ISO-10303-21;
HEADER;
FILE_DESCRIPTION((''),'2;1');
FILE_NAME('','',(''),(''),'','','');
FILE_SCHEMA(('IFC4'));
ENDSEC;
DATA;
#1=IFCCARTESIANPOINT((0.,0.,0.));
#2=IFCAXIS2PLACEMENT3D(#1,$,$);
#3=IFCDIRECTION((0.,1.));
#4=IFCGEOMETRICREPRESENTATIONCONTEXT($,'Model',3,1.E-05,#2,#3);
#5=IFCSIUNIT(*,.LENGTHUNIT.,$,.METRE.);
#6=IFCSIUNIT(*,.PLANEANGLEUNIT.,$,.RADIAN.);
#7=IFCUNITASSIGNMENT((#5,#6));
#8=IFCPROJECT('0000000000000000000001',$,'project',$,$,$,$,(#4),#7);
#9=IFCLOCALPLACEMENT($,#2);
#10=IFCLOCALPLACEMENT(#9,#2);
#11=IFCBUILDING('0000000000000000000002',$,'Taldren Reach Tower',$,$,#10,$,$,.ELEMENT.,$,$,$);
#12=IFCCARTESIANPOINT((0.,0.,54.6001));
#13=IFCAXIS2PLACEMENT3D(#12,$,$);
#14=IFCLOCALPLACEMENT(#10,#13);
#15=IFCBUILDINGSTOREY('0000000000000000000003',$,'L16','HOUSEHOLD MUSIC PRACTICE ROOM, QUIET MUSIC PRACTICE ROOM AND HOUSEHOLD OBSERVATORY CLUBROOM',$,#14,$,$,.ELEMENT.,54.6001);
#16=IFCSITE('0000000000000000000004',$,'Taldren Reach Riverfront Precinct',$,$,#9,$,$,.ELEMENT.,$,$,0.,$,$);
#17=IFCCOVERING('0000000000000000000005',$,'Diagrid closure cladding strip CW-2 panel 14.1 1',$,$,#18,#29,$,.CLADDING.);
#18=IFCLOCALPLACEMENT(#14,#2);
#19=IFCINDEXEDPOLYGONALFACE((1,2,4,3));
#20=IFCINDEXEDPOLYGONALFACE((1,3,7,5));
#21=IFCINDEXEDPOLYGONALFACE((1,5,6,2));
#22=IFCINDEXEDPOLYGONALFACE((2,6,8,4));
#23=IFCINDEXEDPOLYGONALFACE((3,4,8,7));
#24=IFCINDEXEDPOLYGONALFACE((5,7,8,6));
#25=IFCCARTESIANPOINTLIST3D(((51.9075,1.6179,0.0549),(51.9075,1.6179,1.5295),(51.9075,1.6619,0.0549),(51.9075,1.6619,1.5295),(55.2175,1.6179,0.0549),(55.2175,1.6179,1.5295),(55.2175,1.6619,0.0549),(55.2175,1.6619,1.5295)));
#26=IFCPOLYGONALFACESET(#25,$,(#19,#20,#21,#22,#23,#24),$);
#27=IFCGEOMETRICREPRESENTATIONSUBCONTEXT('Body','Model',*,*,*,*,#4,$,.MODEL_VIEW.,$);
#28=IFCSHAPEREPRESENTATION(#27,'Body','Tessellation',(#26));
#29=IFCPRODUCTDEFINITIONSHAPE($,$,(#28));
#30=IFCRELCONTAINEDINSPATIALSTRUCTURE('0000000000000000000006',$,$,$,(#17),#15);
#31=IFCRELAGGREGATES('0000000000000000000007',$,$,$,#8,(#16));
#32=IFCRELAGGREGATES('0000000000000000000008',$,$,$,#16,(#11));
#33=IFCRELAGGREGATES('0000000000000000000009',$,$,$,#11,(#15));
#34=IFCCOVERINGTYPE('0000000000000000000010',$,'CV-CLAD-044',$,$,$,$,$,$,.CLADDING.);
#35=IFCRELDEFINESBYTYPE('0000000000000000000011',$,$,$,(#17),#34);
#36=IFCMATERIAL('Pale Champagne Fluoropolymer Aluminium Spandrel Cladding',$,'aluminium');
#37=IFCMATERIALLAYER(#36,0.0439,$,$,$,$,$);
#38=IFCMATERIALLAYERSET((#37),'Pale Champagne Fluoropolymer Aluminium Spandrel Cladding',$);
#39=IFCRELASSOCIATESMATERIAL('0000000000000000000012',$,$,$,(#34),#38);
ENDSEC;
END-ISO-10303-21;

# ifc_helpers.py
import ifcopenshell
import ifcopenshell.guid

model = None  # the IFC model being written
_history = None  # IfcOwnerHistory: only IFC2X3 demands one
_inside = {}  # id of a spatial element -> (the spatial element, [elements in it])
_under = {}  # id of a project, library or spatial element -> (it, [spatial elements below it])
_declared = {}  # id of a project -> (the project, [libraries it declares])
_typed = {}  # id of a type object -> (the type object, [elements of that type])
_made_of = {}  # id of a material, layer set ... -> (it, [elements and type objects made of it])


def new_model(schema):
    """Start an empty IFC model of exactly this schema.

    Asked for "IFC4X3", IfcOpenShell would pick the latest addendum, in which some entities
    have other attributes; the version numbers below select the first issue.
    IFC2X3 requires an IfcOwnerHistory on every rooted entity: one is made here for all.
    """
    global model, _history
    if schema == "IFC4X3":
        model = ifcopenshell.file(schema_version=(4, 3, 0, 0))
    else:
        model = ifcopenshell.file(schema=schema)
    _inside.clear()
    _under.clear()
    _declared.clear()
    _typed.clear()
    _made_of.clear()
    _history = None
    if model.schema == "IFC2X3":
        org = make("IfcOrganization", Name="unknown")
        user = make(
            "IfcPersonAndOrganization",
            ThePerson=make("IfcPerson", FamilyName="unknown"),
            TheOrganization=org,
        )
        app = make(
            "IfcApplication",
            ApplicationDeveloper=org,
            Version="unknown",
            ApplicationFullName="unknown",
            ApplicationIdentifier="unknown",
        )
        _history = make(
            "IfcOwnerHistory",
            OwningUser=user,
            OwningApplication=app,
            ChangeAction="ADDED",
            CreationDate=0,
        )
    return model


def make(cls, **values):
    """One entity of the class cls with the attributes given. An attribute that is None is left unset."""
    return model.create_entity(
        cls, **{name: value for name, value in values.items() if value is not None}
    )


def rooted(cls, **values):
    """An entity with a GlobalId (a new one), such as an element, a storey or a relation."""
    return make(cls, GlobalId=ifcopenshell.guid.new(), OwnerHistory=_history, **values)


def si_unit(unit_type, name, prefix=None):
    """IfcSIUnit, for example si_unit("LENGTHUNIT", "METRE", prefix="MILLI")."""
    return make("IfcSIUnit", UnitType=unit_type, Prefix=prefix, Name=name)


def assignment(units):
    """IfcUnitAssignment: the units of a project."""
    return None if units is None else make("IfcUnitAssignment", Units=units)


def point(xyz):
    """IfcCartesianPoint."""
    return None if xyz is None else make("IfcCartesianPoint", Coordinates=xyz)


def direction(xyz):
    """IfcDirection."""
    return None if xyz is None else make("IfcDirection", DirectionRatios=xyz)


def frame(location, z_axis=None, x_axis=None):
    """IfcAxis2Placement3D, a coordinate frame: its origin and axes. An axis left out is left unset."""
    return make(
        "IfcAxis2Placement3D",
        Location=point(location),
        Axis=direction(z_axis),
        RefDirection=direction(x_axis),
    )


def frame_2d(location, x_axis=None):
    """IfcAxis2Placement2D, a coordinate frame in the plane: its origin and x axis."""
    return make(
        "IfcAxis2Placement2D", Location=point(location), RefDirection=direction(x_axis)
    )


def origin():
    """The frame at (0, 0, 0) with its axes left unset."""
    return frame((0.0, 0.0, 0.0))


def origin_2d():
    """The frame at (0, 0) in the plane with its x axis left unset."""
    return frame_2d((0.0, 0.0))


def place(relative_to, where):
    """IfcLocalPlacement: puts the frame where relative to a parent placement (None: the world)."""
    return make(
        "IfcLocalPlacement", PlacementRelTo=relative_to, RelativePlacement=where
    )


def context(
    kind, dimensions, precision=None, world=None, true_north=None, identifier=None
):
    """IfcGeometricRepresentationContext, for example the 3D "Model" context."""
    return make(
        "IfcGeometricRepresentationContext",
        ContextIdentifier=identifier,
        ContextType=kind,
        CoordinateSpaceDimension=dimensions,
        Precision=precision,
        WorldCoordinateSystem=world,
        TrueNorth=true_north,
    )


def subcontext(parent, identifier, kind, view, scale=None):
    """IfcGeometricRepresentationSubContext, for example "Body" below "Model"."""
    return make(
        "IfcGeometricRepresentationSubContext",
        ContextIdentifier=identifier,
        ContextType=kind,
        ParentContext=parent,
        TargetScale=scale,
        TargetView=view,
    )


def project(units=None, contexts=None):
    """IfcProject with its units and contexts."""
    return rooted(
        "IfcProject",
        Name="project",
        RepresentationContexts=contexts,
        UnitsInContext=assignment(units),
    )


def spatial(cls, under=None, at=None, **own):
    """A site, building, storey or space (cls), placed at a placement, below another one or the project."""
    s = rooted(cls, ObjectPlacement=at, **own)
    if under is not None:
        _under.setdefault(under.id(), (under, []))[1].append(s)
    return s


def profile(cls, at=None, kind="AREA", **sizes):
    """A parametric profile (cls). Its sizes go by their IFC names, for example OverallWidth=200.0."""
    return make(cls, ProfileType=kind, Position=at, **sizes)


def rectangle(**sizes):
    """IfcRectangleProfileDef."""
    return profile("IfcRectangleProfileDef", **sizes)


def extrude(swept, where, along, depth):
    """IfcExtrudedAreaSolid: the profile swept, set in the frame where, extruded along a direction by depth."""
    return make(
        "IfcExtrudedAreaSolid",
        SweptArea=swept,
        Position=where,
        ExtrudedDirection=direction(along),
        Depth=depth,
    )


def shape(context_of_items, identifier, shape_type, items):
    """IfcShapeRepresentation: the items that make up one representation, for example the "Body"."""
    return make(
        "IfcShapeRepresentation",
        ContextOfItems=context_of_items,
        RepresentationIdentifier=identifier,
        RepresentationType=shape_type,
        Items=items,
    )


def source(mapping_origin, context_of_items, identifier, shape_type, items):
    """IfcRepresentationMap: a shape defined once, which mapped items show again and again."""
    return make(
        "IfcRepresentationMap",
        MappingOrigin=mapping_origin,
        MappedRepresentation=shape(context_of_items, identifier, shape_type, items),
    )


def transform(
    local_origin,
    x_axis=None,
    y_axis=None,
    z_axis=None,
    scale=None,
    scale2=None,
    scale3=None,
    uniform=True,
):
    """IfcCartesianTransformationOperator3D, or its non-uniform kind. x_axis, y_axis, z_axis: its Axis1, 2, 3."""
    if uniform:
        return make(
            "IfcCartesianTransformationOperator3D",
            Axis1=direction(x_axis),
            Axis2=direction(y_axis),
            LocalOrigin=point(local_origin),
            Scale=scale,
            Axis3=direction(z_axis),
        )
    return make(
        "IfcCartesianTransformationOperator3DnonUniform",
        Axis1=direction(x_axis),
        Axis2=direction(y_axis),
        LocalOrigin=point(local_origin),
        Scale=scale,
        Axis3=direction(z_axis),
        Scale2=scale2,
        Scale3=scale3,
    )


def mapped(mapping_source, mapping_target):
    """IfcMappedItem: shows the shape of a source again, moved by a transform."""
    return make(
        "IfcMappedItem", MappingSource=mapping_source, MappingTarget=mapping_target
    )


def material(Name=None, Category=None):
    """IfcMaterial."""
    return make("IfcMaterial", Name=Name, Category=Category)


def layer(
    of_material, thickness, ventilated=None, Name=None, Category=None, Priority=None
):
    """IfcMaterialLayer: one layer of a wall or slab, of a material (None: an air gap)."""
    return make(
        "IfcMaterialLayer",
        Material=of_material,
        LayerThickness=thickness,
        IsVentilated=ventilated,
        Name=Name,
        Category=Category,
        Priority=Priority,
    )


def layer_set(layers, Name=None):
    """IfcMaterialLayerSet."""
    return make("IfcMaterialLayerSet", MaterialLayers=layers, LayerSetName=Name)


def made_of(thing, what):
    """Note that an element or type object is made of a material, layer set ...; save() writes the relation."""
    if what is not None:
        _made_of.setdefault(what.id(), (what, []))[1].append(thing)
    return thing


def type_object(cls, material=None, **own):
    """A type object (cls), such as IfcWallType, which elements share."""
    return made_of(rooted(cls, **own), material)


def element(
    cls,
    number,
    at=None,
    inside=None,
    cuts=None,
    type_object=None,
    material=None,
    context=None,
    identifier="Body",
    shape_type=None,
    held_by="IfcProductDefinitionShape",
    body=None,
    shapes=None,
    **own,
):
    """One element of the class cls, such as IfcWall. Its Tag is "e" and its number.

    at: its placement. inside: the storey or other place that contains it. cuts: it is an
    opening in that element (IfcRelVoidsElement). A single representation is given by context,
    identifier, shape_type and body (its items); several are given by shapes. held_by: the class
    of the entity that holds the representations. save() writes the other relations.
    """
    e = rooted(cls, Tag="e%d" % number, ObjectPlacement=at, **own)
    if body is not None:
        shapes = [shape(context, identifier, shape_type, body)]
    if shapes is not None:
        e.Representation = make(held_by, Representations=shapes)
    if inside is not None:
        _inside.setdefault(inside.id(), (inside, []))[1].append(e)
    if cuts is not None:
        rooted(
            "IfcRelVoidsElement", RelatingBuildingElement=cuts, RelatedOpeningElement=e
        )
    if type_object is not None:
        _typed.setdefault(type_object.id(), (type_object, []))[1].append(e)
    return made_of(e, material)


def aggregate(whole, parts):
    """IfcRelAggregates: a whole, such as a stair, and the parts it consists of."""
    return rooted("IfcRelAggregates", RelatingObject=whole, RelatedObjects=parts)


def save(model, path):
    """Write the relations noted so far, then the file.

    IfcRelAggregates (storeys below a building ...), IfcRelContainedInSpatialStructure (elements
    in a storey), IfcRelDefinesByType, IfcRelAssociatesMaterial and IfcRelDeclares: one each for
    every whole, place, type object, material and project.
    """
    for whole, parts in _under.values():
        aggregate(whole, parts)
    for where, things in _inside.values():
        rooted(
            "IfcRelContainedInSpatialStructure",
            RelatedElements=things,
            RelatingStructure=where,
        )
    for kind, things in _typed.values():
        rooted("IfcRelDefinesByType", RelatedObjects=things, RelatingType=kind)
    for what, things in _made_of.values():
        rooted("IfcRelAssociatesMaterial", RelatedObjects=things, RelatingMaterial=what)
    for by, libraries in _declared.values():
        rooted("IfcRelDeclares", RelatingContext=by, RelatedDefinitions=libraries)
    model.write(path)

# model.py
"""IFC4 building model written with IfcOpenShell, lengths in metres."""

from ifc_helpers import new_model, si_unit, direction, frame, origin, origin_2d, place, context, subcontext, project, spatial, rectangle, extrude, source, transform, mapped, material, layer, layer_set, type_object, element, save


model = new_model("IFC4")

# Units and contexts
model_context = context("Model", 3, precision=1e-05, world=origin(), true_north=direction((0.0, 1.0)))
body_context = subcontext(model_context, "Body", "Model", "MODEL_VIEW")
ifc_project = project(units=[si_unit("LENGTHUNIT", "METRE"), si_unit("PLANEANGLEUNIT", "RADIAN")], contexts=[model_context])

# Site, building, storey
site_placement = place(None, origin())
site = spatial("IfcSite", under=ifc_project, at=site_placement, Name="Taldren Reach Riverfront Precinct", CompositionType="ELEMENT", RefElevation=0.0)
building_placement = place(site_placement, origin())
building = spatial("IfcBuilding", under=site, at=building_placement, Name="Taldren Reach Tower", CompositionType="ELEMENT")
storey_placement = place(building_placement, frame((0.0, 0.0, 54.6001)))
storey = spatial("IfcBuildingStorey", under=building, at=storey_placement, Name="L16", Description="HOUSEHOLD MUSIC PRACTICE ROOM, QUIET MUSIC PRACTICE ROOM AND HOUSEHOLD OBSERVATORY CLUBROOM", CompositionType="ELEMENT", Elevation=54.6001)

# Covering
ifc_material_1 = material(Name="Pale Champagne Fluoropolymer Aluminium Spandrel Cladding", Category="aluminium")
ifc_layer_1 = layer(ifc_material_1, 0.0439)
ifc_layer_set_1 = layer_set([ifc_layer_1], Name="Pale Champagne Fluoropolymer Aluminium Spandrel Cladding")
covering_type = type_object("IfcCoveringType", Name="CV-CLAD-044", PredefinedType="CLADDING", material=ifc_layer_set_1)
shared_shape_1 = source(origin(), body_context, "Body", "SweptSolid", [
    extrude(rectangle(XDim=3.3101, YDim=0.0439, at=origin_2d()), origin(), (0.0, 0.0, 1.0), 1.4746),
])
covering_1_placement = place(storey_placement, frame((53.5625, 1.6399, 0.0549), z_axis=(0.0, 0.0, 1.0), x_axis=(1.0, 0.0, 0.0)))
element("IfcCovering", 1, at=covering_1_placement, inside=storey, type_object=covering_type, Name="Diagrid closure cladding strip CW-2 panel 14.1 1", PredefinedType="CLADDING", context=body_context, shape_type="MappedRepresentation", body=[
    mapped(shared_shape_1, transform((0.0, 0.0, 0.0), scale=1.0)),
])

save(model, "model.ifc")
